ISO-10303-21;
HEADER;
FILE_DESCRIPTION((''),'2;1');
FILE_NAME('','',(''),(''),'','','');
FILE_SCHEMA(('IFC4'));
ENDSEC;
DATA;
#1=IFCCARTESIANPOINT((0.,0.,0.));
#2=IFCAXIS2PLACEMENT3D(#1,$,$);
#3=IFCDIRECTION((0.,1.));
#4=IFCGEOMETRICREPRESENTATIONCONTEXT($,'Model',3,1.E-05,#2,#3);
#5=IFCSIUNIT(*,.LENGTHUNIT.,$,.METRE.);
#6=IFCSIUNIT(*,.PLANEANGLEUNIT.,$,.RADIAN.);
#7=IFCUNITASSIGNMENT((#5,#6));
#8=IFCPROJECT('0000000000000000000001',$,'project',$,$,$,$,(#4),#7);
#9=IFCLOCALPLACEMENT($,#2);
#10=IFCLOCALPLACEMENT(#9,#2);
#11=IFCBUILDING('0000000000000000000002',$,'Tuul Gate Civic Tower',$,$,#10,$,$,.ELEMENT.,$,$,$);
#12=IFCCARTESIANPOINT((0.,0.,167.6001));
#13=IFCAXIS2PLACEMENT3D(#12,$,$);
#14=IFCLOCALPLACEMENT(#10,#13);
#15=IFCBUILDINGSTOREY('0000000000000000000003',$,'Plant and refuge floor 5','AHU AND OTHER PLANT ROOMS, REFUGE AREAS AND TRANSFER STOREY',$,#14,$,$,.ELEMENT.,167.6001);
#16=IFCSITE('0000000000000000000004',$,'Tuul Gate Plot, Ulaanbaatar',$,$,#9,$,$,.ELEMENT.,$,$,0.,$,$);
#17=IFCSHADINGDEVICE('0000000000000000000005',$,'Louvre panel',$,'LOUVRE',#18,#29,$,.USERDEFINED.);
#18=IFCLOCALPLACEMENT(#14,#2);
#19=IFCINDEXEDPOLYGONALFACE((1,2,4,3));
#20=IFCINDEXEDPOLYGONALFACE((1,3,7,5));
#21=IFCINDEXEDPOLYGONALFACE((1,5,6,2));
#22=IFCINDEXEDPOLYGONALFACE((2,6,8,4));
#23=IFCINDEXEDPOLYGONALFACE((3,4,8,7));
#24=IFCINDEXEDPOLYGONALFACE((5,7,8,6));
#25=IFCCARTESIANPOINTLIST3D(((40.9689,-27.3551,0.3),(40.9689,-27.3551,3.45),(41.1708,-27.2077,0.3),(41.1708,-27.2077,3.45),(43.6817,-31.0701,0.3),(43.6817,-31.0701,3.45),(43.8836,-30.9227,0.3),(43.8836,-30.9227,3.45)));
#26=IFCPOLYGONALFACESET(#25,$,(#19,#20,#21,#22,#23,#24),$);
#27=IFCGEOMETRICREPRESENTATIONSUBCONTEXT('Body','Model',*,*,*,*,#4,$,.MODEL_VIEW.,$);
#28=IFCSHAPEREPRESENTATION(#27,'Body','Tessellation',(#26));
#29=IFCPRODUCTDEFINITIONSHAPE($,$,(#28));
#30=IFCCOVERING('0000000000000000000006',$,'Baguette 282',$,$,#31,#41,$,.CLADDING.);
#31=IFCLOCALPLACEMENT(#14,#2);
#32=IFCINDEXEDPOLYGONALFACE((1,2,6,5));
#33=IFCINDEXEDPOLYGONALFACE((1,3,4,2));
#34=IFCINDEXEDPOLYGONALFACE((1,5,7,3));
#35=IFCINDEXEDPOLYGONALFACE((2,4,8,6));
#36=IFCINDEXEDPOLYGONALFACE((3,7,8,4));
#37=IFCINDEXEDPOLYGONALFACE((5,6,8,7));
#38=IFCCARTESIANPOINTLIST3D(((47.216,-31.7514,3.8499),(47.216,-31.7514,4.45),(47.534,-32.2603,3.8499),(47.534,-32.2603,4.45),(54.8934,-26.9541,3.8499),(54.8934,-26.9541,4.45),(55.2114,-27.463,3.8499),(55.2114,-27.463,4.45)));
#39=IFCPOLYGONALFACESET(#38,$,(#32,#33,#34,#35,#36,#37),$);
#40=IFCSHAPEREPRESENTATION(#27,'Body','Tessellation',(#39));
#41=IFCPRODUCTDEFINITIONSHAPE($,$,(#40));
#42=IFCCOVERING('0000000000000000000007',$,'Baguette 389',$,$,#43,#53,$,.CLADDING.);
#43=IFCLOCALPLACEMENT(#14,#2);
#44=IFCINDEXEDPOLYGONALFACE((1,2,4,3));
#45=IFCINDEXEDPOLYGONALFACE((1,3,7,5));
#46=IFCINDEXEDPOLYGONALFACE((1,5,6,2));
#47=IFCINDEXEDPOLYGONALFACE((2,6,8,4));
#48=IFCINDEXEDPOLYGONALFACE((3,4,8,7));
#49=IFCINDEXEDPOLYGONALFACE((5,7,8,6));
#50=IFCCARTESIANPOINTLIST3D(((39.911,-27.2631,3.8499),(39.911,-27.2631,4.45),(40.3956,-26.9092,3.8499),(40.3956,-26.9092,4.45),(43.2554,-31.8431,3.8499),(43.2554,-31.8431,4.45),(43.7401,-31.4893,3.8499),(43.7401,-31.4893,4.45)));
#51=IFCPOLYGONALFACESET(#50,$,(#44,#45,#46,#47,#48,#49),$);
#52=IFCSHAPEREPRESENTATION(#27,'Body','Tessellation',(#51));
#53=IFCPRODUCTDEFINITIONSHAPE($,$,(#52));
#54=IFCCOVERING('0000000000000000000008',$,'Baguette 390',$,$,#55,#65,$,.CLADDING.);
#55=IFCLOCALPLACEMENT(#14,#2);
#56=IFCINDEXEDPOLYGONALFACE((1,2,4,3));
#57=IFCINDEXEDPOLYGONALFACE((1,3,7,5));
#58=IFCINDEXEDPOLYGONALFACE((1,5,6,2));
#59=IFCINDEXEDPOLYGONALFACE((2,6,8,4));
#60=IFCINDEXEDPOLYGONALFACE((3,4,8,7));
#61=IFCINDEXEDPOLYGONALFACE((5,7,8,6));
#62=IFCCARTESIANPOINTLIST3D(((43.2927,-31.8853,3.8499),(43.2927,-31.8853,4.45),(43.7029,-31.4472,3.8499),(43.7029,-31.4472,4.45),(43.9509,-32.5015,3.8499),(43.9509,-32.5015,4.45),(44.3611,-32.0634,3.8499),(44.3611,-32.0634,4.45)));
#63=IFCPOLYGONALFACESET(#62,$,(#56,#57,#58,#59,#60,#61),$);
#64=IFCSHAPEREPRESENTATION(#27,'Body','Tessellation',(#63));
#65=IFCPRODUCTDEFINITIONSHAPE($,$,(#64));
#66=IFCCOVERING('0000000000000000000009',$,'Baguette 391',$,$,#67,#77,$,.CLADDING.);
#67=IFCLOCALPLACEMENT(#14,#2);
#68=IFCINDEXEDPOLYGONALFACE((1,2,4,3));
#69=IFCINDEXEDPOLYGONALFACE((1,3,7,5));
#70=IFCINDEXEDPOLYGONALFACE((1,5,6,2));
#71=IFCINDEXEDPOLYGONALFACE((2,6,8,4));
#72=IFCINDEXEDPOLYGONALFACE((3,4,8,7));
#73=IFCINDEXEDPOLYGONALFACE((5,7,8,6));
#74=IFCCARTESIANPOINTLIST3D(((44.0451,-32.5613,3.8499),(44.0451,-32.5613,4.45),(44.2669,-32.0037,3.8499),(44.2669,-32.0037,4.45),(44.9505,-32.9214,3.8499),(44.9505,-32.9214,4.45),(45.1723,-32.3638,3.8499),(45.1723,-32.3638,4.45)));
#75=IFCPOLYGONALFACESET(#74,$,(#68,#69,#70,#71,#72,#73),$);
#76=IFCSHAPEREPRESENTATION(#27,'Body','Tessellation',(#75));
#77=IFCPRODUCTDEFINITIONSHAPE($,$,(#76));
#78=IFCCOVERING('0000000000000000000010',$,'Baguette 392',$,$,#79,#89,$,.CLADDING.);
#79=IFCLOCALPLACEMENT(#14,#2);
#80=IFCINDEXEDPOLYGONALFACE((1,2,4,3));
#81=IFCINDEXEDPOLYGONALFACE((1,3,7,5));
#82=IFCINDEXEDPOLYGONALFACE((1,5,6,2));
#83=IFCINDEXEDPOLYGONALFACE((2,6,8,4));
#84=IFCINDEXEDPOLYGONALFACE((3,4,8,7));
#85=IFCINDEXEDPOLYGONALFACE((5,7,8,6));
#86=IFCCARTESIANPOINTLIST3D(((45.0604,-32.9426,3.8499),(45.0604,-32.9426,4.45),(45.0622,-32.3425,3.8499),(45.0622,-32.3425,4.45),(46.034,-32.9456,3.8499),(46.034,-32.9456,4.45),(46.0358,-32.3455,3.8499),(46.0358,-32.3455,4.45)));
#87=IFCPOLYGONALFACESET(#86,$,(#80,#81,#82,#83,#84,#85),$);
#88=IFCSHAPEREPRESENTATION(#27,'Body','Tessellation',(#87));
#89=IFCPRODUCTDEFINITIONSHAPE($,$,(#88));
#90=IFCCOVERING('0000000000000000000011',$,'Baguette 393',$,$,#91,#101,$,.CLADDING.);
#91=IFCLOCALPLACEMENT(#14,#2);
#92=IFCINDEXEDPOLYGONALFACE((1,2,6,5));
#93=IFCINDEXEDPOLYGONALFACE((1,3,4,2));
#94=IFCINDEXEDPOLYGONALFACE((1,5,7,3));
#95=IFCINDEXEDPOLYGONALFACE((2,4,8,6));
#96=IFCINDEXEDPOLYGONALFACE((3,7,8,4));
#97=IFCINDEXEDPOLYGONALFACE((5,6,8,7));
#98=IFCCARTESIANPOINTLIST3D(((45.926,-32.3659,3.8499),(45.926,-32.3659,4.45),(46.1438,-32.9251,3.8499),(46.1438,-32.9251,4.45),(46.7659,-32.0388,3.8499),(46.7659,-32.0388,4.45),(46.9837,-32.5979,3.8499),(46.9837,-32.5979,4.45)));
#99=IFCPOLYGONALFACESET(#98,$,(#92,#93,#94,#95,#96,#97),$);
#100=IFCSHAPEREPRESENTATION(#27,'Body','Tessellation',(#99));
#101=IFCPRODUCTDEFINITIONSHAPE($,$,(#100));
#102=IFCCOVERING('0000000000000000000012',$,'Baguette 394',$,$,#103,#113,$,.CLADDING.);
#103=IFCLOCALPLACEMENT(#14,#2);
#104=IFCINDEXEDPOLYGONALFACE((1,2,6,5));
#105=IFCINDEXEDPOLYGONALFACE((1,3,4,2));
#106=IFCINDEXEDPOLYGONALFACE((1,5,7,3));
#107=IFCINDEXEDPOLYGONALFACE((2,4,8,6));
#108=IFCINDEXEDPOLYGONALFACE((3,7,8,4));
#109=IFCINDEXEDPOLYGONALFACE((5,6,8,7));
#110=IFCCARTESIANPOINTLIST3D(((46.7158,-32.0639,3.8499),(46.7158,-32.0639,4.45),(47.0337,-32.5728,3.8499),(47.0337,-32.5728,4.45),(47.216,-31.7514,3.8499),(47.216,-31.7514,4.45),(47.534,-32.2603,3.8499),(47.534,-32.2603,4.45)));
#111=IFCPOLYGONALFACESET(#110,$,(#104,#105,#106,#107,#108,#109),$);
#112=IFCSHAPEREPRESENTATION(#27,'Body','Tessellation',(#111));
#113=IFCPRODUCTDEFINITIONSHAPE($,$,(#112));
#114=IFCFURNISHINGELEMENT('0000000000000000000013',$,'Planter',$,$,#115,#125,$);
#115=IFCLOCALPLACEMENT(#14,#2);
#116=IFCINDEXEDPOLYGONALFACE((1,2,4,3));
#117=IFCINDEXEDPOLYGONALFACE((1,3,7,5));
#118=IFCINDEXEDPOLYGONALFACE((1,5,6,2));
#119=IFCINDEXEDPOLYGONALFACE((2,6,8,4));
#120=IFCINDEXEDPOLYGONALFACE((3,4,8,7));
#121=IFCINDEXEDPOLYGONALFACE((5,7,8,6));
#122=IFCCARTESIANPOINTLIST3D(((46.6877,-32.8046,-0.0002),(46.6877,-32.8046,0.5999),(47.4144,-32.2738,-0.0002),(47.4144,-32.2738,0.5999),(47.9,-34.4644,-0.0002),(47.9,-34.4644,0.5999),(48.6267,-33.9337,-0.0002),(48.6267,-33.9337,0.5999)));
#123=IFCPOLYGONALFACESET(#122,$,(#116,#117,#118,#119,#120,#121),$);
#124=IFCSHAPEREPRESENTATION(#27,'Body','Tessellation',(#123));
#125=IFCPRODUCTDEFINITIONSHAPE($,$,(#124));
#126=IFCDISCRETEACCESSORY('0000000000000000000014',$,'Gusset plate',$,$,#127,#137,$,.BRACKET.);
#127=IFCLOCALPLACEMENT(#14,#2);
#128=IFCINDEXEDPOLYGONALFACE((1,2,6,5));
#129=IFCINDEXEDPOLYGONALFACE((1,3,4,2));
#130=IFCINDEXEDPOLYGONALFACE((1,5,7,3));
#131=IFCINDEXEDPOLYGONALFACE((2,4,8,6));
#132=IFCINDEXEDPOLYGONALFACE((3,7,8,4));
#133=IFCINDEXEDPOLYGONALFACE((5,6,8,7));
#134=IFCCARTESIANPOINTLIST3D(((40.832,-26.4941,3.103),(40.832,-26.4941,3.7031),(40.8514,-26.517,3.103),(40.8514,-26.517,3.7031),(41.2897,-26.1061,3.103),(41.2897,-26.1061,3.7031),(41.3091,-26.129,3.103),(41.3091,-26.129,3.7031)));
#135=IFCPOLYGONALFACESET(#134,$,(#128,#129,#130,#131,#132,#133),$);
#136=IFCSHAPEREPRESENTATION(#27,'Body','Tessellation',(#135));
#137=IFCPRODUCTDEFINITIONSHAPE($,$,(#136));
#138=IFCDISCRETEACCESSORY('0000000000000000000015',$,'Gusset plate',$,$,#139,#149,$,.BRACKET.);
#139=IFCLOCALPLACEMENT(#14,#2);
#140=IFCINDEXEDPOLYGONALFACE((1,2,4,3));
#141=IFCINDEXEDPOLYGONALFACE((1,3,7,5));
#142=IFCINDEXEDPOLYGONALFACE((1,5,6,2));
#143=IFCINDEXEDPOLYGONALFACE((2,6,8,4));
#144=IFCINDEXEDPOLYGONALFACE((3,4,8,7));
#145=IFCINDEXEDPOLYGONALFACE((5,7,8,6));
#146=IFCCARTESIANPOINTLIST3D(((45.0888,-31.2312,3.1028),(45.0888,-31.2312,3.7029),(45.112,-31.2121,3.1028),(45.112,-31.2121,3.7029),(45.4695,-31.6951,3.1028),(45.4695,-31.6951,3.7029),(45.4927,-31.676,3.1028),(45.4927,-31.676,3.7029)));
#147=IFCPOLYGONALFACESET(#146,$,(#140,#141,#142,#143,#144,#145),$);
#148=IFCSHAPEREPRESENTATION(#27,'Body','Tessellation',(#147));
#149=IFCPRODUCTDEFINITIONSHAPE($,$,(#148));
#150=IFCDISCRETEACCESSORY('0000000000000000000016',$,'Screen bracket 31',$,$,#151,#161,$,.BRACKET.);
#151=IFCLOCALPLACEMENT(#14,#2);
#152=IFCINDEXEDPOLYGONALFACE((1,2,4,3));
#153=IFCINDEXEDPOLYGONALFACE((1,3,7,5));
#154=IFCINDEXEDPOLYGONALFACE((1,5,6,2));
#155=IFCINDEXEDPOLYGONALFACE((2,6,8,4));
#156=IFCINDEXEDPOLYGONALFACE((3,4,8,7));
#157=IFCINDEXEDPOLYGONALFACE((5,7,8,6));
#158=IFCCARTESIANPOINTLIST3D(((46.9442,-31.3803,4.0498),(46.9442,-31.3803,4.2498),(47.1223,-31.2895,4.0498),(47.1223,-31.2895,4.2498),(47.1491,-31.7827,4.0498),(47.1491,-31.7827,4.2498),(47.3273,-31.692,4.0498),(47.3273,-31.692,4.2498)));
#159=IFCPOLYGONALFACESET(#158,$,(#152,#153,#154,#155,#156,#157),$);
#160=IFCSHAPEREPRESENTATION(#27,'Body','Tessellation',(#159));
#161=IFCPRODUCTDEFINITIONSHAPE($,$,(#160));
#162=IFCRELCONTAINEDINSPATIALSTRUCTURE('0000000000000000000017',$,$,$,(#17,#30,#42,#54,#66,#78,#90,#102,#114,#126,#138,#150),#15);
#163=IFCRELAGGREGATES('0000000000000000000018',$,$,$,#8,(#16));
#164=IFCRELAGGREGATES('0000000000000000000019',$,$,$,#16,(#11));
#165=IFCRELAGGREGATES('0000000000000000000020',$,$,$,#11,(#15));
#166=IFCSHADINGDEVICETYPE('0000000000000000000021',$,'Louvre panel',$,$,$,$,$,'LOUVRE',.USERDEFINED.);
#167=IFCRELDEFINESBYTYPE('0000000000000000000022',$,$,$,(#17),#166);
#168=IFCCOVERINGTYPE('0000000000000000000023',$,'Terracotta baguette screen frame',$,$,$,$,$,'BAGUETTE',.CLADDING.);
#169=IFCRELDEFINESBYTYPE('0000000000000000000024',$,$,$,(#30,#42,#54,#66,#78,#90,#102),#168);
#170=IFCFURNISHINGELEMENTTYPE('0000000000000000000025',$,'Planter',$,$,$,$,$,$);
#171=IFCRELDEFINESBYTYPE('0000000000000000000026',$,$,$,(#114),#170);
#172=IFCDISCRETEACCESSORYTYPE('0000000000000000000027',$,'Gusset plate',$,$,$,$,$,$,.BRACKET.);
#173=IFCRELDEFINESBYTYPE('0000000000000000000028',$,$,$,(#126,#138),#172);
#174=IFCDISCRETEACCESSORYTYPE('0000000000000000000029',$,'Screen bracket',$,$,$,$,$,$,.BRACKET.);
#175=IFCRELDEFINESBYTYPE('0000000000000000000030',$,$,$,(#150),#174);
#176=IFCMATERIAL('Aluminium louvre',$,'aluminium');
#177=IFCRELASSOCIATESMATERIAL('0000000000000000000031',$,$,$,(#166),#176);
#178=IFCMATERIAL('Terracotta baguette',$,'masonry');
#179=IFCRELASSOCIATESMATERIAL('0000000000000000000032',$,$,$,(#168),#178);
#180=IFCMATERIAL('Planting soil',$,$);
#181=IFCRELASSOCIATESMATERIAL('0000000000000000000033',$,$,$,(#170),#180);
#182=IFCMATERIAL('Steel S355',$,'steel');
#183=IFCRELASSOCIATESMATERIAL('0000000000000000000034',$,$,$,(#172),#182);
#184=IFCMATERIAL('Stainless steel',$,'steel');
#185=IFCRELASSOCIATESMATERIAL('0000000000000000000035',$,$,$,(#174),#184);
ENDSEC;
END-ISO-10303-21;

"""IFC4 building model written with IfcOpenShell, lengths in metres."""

from ifc_helpers import new_model, si_unit, direction, frame, origin, origin_2d, place, context, subcontext, project, spatial, rectangle, extrude, material, material_profile, profile_set, type_object, element, save


model = new_model("IFC4")

# Units and contexts
model_context = context("Model", 3, precision=1e-05, world=origin(), true_north=direction((0.0, 1.0)))
body_context = subcontext(model_context, "Body", "Model", "MODEL_VIEW")
ifc_project = project(units=[si_unit("LENGTHUNIT", "METRE"), si_unit("PLANEANGLEUNIT", "RADIAN")], contexts=[model_context])

# Site, building, storey
site_placement = place(None, origin())
site = spatial("IfcSite", under=ifc_project, at=site_placement, Name="Tuul Gate Plot, Ulaanbaatar", CompositionType="ELEMENT", RefElevation=0.0)
building_placement = place(site_placement, origin())
building = spatial("IfcBuilding", under=site, at=building_placement, Name="Tuul Gate Civic Tower", CompositionType="ELEMENT")
storey_placement = place(building_placement, frame((0.0, 0.0, 167.6001)))
storey = spatial("IfcBuildingStorey", under=building, at=storey_placement, Name="Plant and refuge floor 5", Description="AHU AND OTHER PLANT ROOMS, REFUGE AREAS AND TRANSFER STOREY", CompositionType="ELEMENT", Elevation=167.6001)

# Shading device
ifc_material_1 = material(Name="Aluminium louvre", Category="aluminium")
shading_device_type = type_object("IfcShadingDeviceType", Name="Louvre panel", ElementType="LOUVRE", PredefinedType="USERDEFINED", material=ifc_material_1)
shading_device_placement = place(storey_placement, frame((42.4263, -29.1389, 0.3), z_axis=(0.0, 0.0, 1.0), x_axis=(-0.807595, -0.589737, 0.0)))
element("IfcShadingDevice", 1, at=shading_device_placement, inside=storey, type_object=shading_device_type, Name="Louvre panel", ObjectType="LOUVRE", PredefinedType="USERDEFINED", context=body_context, shape_type="SweptSolid", body=[
    extrude(rectangle(XDim=0.25, YDim=4.6001, at=origin_2d()), origin(), (0.0, 0.0, 1.0), 3.1499),
])

# Coverings
ifc_material_2 = material(Name="Terracotta baguette", Category="masonry")
ifc_material_profile_1 = material_profile(ifc_material_2, rectangle(XDim=0.6001, YDim=0.6001, at=origin_2d()), Name="Terracotta baguette screen frame")
ifc_profile_set_1 = profile_set([ifc_material_profile_1], Name="Terracotta baguette")
covering_type = type_object("IfcCoveringType", Name="Terracotta baguette screen frame", ElementType="BAGUETTE", PredefinedType="CLADDING", material=ifc_profile_set_1)
covering_1_placement = place(storey_placement, frame((47.375, -32.0059, 4.1499), z_axis=(0.848051, 0.529914, 0.0), x_axis=(-0.529914, 0.848051, 0.0)))
element("IfcCovering", 2, at=covering_1_placement, inside=storey, type_object=covering_type, Name="Baguette 282", PredefinedType="CLADDING", context=body_context, shape_type="SweptSolid", body=[
    extrude(rectangle(XDim=0.6001, YDim=0.6001, at=origin_2d()), origin(), (0.0, 0.0, 1.0), 9.053),
])
covering_2_placement = place(storey_placement, frame((40.1533, -27.0862, 4.1499), z_axis=(0.589729, -0.807601, 0.0), x_axis=(0.807601, 0.589729, 0.0)))
element("IfcCovering", 3, at=covering_2_placement, inside=storey, type_object=covering_type, Name="Baguette 389", PredefinedType="CLADDING", context=body_context, shape_type="SweptSolid", body=[
    extrude(rectangle(XDim=0.6001, YDim=0.6001, at=origin_2d()), origin(), (0.0, 0.0, 1.0), 5.6711),
])
covering_3_placement = place(storey_placement, frame((43.4978, -31.6663, 4.1499), z_axis=(0.73001, -0.683437, 0.0), x_axis=(0.683437, 0.73001, 0.0)))
element("IfcCovering", 4, at=covering_3_placement, inside=storey, type_object=covering_type, Name="Baguette 390", PredefinedType="CLADDING", context=body_context, shape_type="SweptSolid", body=[
    extrude(rectangle(XDim=0.6001, YDim=0.6001, at=origin_2d()), origin(), (0.0, 0.0, 1.0), 0.9016),
])
covering_4_placement = place(storey_placement, frame((44.156, -32.2825, 4.1499), z_axis=(0.929184, -0.369619, 0.0), x_axis=(0.369619, 0.929184, 0.0)))
element("IfcCovering", 5, at=covering_4_placement, inside=storey, type_object=covering_type, Name="Baguette 391", PredefinedType="CLADDING", context=body_context, shape_type="SweptSolid", body=[
    extrude(rectangle(XDim=0.6001, YDim=0.6001, at=origin_2d()), origin(), (0.0, 0.0, 1.0), 0.9744),
])
covering_5_placement = place(storey_placement, frame((45.0613, -32.6426, 4.1499), z_axis=(0.999995, -0.003009, 0.0), x_axis=(0.003009, 0.999995, 0.0)))
element("IfcCovering", 6, at=covering_5_placement, inside=storey, type_object=covering_type, Name="Baguette 392", PredefinedType="CLADDING", context=body_context, shape_type="SweptSolid", body=[
    extrude(rectangle(XDim=0.6001, YDim=0.6001, at=origin_2d()), origin(), (0.0, 0.0, 1.0), 0.9736),
])
covering_6_placement = place(storey_placement, frame((46.0349, -32.6455, 4.1499), z_axis=(0.931801, 0.362969, 0.0), x_axis=(-0.362969, 0.931801, 0.0)))
element("IfcCovering", 7, at=covering_6_placement, inside=storey, type_object=covering_type, Name="Baguette 393", PredefinedType="CLADDING", context=body_context, shape_type="SweptSolid", body=[
    extrude(rectangle(XDim=0.6001, YDim=0.6001, at=origin_2d()), origin(), (0.0, 0.0, 1.0), 0.9014),
])
covering_7_placement = place(storey_placement, frame((46.8748, -32.3184, 4.1499), z_axis=(0.848115, 0.529813, 0.0), x_axis=(-0.529813, 0.848115, 0.0)))
element("IfcCovering", 8, at=covering_7_placement, inside=storey, type_object=covering_type, Name="Baguette 394", PredefinedType="CLADDING", context=body_context, shape_type="SweptSolid", body=[
    extrude(rectangle(XDim=0.6001, YDim=0.6001, at=origin_2d()), origin(), (0.0, 0.0, 1.0), 0.5898),
])

# Furnishing element
ifc_material_3 = material(Name="Planting soil")
furnishing_element_type = type_object("IfcFurnishingElementType", Name="Planter", material=ifc_material_3)
furnishing_placement = place(storey_placement, frame((47.6572, -33.3691, -0.0002), z_axis=(0.0, 0.0, 1.0), x_axis=(0.589803, -0.807547, 0.0)))
element("IfcFurnishingElement", 9, at=furnishing_placement, inside=storey, type_object=furnishing_element_type, Name="Planter", context=body_context, shape_type="SweptSolid", body=[
    extrude(rectangle(XDim=2.0554, YDim=0.8999, at=origin_2d()), origin(), (0.0, 0.0, 1.0), 0.6001),
])

# Discrete accessories
ifc_material_4 = material(Name="Steel S355", Category="steel")
discrete_accessory_type_1 = type_object("IfcDiscreteAccessoryType", Name="Gusset plate", PredefinedType="BRACKET", material=ifc_material_4)
for number, where, z_axis, x_axis, name in (
    (10, (41.0706, -26.3115, 3.103), (0.0, 0.0, 1.0), (0.762825, 0.646605, 0.0), "Gusset plate"),
    (11, (45.2908, -31.4536, 3.1028), (0.0, 0.0, 1.0), (-0.6344, 0.773005, 0.0), "Gusset plate"),
):
    element("IfcDiscreteAccessory", number, at=place(storey_placement, frame(where, z_axis=z_axis, x_axis=x_axis)), inside=storey, type_object=discrete_accessory_type_1, Name=name, PredefinedType="BRACKET", context=body_context, shape_type="SweptSolid", body=[
        extrude(rectangle(XDim=0.6001, YDim=0.03, at=origin_2d()), origin(), (0.0, 0.0, 1.0), 0.6001),
    ])
ifc_material_5 = material(Name="Stainless steel", Category="steel")
discrete_accessory_type_2 = type_object("IfcDiscreteAccessoryType", Name="Screen bracket", PredefinedType="BRACKET", material=ifc_material_5)
discrete_accessory_placement = place(storey_placement, frame((47.1357, -31.5361, 4.0498), z_axis=(0.0, 0.0, 1.0), x_axis=(0.453849, -0.891079, 0.0)))
element("IfcDiscreteAccessory", 12, at=discrete_accessory_placement, inside=storey, type_object=discrete_accessory_type_2, Name="Screen bracket 31", PredefinedType="BRACKET", context=body_context, shape_type="SweptSolid", body=[
    extrude(rectangle(XDim=0.4517, YDim=0.2, at=origin_2d()), origin(), (0.0, 0.0, 1.0), 0.2),
])

save(model, "model.ifc")
